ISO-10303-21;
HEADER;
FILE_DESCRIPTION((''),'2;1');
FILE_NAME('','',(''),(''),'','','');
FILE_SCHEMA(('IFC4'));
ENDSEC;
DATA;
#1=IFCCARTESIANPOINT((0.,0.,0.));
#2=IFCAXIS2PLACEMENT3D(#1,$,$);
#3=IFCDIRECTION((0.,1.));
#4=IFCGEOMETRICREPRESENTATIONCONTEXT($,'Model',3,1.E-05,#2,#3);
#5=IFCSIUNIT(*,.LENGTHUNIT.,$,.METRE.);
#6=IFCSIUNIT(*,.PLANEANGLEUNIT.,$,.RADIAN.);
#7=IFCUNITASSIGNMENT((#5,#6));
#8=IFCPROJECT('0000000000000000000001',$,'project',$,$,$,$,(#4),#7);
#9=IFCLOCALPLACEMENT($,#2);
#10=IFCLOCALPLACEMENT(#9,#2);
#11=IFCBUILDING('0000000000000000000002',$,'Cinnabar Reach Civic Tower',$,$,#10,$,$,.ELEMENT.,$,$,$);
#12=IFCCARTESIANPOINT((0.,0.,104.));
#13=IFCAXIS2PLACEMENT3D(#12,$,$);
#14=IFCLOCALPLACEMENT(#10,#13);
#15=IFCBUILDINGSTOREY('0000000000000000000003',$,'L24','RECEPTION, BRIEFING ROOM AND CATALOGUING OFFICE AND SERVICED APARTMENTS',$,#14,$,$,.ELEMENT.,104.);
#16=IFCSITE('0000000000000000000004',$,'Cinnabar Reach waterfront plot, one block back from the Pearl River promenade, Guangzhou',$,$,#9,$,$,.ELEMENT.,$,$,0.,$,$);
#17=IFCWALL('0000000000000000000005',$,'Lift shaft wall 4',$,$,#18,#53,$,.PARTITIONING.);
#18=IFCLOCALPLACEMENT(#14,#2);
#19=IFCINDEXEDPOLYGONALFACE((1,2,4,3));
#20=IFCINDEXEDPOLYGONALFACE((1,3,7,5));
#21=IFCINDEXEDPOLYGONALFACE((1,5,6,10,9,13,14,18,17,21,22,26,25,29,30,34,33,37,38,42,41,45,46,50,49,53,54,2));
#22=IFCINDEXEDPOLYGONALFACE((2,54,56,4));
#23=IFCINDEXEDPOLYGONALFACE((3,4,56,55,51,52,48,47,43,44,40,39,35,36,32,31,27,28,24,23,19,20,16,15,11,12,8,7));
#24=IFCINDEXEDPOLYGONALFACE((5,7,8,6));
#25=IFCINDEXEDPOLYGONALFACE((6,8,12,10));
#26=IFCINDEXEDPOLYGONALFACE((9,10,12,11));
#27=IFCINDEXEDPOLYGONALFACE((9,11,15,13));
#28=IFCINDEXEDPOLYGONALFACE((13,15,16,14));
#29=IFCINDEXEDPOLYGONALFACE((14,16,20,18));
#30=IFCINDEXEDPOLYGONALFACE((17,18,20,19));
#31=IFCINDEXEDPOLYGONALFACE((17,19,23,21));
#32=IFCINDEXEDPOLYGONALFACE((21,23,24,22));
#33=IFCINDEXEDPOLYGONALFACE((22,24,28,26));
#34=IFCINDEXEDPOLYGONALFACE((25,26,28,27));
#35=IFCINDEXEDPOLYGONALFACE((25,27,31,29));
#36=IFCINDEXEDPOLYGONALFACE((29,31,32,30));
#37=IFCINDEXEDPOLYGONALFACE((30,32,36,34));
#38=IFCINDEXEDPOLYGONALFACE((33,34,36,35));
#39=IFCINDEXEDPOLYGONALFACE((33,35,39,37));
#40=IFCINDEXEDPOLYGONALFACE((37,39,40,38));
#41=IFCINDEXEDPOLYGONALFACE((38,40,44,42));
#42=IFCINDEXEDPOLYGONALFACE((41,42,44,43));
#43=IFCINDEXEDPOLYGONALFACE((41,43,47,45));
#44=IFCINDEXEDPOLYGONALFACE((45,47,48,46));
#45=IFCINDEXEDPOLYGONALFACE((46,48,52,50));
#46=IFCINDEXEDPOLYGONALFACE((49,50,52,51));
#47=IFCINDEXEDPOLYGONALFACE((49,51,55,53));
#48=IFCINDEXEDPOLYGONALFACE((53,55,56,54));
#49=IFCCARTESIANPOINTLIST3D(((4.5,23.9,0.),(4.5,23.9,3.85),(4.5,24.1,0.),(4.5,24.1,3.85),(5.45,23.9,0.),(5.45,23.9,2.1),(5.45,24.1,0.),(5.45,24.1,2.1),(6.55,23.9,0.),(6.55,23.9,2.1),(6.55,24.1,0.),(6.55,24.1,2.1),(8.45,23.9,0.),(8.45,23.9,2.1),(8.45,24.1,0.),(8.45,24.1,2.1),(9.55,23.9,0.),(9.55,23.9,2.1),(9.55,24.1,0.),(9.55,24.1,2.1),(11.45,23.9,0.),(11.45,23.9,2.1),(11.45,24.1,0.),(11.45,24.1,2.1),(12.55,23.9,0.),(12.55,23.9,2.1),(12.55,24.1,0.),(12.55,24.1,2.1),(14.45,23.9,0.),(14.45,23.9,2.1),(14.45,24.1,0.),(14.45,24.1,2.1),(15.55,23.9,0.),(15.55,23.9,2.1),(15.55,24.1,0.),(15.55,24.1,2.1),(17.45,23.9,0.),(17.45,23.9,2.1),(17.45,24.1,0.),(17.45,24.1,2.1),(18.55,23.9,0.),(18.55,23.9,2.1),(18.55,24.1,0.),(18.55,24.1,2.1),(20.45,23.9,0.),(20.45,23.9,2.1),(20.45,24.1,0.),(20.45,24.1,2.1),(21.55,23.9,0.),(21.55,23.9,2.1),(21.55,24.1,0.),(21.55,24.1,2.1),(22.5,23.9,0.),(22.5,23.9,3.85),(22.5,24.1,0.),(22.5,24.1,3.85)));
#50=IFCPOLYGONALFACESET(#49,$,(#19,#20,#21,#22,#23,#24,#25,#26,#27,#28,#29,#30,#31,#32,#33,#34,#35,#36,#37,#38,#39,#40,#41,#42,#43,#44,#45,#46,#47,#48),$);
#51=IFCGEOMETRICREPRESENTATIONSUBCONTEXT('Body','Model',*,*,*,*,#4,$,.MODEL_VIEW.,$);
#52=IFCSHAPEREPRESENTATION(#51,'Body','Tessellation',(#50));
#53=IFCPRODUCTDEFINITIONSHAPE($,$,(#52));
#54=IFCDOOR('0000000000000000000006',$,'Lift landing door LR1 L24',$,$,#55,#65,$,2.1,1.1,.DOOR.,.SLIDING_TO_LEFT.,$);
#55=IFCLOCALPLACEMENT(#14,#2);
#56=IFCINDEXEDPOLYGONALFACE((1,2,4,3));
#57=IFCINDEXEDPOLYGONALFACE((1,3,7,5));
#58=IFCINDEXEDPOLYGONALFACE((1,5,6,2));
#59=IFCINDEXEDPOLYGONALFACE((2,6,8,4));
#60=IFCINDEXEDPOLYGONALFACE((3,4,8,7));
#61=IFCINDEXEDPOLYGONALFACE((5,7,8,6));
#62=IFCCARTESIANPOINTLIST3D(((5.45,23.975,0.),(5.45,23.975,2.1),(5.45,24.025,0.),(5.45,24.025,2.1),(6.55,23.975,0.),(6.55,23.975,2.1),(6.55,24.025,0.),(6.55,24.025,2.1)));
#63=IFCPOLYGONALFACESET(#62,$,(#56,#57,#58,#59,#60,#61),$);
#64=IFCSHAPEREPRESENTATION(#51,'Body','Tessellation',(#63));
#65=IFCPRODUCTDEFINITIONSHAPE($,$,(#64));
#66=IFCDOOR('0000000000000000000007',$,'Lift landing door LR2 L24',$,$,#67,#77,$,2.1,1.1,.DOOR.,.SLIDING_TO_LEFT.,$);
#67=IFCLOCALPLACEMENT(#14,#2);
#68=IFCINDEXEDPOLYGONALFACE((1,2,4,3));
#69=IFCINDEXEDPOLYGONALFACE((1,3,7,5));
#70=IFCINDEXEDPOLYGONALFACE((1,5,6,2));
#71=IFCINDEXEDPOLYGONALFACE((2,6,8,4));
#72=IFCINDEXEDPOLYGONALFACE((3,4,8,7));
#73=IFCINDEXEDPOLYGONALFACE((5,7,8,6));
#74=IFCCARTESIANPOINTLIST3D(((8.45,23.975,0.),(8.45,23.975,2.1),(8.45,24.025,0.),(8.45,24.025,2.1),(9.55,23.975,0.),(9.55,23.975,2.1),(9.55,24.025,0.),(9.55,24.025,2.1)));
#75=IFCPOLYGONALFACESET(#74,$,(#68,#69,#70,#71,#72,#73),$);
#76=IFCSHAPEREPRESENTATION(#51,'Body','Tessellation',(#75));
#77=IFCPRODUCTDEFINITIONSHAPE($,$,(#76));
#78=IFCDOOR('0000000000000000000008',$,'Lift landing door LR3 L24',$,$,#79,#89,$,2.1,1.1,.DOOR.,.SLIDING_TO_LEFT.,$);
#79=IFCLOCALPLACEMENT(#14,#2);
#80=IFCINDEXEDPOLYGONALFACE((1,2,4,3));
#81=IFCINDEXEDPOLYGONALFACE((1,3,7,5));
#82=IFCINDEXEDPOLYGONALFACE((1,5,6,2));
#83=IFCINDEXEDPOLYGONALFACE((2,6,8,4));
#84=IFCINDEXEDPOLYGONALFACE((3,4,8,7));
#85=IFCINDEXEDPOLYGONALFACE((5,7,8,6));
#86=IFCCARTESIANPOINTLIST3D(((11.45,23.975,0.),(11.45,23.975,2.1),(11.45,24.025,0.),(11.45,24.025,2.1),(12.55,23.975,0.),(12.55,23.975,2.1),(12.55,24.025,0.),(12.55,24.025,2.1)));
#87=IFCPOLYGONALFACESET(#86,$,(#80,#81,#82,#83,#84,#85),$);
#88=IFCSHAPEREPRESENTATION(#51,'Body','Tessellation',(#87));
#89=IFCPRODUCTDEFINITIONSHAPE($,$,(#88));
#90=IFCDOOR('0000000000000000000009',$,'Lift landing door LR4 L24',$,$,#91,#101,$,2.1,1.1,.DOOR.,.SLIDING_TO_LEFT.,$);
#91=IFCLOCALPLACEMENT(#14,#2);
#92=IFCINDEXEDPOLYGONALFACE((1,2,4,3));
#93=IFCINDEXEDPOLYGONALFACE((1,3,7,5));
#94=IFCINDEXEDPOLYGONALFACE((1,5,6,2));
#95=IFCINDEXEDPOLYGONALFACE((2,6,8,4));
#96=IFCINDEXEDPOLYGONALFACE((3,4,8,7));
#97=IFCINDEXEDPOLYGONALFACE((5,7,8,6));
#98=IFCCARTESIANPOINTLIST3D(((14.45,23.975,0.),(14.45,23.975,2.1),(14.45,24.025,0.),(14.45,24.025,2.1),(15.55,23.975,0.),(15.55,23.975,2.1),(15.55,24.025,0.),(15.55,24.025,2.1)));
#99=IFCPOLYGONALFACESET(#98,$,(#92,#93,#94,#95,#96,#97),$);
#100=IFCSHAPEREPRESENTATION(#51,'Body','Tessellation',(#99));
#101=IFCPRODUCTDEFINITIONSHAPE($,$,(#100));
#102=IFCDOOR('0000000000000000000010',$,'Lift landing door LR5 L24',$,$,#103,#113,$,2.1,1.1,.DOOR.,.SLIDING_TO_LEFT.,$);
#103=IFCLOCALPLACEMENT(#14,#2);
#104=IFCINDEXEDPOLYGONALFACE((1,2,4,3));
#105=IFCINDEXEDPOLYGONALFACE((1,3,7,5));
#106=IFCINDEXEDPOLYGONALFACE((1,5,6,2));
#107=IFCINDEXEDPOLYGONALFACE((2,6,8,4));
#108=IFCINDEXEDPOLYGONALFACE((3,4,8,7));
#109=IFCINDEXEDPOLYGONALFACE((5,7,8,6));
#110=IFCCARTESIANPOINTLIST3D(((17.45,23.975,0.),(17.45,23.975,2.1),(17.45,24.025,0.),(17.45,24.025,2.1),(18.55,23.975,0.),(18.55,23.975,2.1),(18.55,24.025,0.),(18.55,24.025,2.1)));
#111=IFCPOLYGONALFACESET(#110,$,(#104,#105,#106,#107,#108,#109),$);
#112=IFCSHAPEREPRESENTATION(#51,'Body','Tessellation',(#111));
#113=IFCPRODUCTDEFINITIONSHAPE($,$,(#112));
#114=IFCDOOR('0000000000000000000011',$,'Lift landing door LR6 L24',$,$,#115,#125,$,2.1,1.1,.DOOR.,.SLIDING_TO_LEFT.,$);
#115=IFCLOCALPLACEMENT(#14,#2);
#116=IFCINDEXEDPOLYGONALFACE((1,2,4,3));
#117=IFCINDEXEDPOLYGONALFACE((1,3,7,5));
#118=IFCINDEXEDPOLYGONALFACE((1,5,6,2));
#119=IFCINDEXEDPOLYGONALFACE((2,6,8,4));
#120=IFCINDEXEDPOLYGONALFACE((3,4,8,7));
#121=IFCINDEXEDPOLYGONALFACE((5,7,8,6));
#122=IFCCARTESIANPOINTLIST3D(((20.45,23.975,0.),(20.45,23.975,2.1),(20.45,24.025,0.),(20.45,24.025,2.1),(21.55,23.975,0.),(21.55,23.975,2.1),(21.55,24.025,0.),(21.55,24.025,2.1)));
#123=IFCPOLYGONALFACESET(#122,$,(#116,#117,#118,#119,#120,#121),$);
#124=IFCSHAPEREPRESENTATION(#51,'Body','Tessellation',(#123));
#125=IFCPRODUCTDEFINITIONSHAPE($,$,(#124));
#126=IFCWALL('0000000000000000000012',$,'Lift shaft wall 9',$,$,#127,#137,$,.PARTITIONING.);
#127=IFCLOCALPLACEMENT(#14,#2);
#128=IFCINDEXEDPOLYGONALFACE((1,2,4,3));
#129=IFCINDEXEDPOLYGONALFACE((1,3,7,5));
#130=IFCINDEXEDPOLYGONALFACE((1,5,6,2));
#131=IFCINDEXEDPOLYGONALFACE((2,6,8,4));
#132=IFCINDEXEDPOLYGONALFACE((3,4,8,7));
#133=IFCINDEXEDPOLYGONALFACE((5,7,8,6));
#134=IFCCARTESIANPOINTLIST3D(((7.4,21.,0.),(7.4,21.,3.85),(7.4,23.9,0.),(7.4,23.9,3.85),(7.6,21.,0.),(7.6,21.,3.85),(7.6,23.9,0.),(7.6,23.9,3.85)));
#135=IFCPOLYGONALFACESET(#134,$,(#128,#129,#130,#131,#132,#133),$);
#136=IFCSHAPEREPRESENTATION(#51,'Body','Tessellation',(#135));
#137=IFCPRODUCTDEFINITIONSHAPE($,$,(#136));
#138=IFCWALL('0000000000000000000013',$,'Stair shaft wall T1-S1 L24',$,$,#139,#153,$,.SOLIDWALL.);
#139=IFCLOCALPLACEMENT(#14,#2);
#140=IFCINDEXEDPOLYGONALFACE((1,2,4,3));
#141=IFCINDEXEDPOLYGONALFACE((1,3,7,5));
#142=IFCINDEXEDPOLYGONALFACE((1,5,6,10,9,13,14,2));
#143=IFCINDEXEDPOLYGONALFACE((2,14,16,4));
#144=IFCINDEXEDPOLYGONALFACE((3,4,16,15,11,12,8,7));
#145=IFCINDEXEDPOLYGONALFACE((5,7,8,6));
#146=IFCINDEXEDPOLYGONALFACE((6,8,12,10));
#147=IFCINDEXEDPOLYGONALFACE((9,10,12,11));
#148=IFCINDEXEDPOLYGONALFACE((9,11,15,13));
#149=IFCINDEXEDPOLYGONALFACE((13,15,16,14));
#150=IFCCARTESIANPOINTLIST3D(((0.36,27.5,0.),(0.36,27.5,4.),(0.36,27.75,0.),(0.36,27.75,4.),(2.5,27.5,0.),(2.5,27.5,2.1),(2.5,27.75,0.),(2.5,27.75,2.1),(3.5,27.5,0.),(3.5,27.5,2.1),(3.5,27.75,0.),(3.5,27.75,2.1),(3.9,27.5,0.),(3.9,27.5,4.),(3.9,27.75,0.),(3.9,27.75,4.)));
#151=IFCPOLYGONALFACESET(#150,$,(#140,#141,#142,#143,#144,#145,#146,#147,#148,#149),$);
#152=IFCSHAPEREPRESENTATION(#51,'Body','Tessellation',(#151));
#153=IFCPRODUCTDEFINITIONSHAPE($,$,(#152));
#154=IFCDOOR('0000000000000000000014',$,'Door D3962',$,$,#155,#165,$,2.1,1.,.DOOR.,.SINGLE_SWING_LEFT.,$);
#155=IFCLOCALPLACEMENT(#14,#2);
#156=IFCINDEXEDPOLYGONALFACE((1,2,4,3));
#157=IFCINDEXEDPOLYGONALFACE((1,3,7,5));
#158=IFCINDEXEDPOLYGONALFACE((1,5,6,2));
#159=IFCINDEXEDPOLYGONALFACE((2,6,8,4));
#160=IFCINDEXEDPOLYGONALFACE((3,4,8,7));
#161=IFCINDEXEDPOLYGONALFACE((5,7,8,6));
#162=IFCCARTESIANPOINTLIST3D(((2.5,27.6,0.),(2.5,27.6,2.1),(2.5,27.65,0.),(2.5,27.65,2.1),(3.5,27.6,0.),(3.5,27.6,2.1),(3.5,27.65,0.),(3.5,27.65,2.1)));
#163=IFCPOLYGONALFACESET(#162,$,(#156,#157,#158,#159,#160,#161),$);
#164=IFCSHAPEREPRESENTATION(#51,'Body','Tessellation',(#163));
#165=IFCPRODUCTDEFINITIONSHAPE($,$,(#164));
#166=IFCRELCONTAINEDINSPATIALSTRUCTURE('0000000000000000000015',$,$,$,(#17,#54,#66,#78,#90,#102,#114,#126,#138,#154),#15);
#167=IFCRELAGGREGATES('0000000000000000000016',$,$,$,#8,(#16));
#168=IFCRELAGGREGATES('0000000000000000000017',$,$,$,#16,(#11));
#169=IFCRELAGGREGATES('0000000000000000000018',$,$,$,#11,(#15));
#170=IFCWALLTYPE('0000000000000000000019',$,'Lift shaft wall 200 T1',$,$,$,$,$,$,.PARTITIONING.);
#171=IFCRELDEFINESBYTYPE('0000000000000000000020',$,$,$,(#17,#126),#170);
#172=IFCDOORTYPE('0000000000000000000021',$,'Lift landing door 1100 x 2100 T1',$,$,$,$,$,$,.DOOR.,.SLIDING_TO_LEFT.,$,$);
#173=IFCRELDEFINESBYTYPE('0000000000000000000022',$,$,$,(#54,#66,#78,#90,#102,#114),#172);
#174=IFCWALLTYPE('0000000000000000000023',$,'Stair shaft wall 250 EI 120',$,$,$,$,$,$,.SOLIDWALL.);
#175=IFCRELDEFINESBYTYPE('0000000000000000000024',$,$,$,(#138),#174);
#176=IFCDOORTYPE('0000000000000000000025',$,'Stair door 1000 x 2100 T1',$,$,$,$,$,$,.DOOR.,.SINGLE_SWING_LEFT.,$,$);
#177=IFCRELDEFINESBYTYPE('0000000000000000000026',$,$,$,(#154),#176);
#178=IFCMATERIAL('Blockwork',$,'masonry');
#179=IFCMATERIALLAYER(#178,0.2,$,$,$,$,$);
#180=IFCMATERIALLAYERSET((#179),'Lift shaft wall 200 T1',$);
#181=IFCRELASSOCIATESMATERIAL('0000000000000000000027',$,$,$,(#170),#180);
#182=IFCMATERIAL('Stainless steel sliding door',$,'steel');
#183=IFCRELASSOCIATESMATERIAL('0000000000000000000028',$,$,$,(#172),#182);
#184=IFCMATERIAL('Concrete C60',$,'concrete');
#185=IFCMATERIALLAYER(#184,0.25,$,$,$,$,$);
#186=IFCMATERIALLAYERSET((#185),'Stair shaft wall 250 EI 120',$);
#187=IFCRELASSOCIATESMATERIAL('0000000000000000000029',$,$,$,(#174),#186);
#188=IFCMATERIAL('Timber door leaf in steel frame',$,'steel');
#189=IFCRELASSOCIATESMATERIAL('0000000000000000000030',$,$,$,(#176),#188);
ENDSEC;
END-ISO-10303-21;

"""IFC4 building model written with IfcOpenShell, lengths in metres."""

from ifc_helpers import new_model, si_unit, direction, frame, frame_2d, origin, place, context, subcontext, project, spatial, rectangle, extrude, material, layer, layer_set, type_object, element, fill, save


model = new_model("IFC4")

# Units and contexts
model_context = context("Model", 3, precision=1e-05, world=origin(), true_north=direction((0.0, 1.0)))
body_context = subcontext(model_context, "Body", "Model", "MODEL_VIEW")
ifc_project = project(units=[si_unit("LENGTHUNIT", "METRE"), si_unit("PLANEANGLEUNIT", "RADIAN")], contexts=[model_context])

# Site, building, storey
site_placement = place(None, origin())
site = spatial("IfcSite", under=ifc_project, at=site_placement, Name="Cinnabar Reach waterfront plot, one block back from the Pearl River promenade, Guangzhou", CompositionType="ELEMENT", RefElevation=0.0)
building_placement = place(site_placement, origin())
building = spatial("IfcBuilding", under=site, at=building_placement, Name="Cinnabar Reach Civic Tower", CompositionType="ELEMENT")
storey_placement = place(building_placement, frame((0.0, 0.0, 104.0)))
storey = spatial("IfcBuildingStorey", under=building, at=storey_placement, Name="L24", Description="RECEPTION, BRIEFING ROOM AND CATALOGUING OFFICE AND SERVICED APARTMENTS", CompositionType="ELEMENT", Elevation=104.0)

# Shared definitions
ifc_material_1 = material(Name="Timber door leaf in steel frame", Category="steel")

# Wall, openings, doors
ifc_material_2 = material(Name="Blockwork", Category="masonry")
ifc_layer_1 = layer(ifc_material_2, 0.2)
ifc_layer_set_1 = layer_set([ifc_layer_1], Name="Lift shaft wall 200 T1")
wall_type_1 = type_object("IfcWallType", Name="Lift shaft wall 200 T1", PredefinedType="PARTITIONING", material=ifc_layer_set_1)
wall_1_placement = place(storey_placement, frame((4.5, 24.0, 0.0), z_axis=(0.0, 0.0, 1.0), x_axis=(1.0, 0.0, 0.0)))
wall_1 = element("IfcWall", 1, at=wall_1_placement, inside=storey, type_object=wall_type_1, Name="Lift shaft wall 4", PredefinedType="PARTITIONING", context=body_context, shape_type="SweptSolid", body=[
    extrude(rectangle(XDim=18.0, YDim=0.2, at=frame_2d((9.0, 0.0))), origin(), (0.0, 0.0, 1.0), 3.85),
])
opening_1_placement = place(wall_1_placement, frame((0.95, 0.0, 0.0)))
opening_1 = element("IfcOpeningElement", 2, at=opening_1_placement, cuts=wall_1, PredefinedType="OPENING", context=body_context, shape_type="SweptSolid", body=[
    extrude(rectangle(XDim=1.1, YDim=2.1, at=frame_2d((0.55, 1.05))), frame((0.0, 0.11, 0.0), z_axis=(0.0, -1.0, 0.0), x_axis=(1.0, 0.0, 0.0)), (0.0, 0.0, 1.0), 0.22),
])
opening_2_placement = place(wall_1_placement, frame((3.95, 0.0, 0.0)))
opening_2 = element("IfcOpeningElement", 3, at=opening_2_placement, cuts=wall_1, PredefinedType="OPENING", context=body_context, shape_type="SweptSolid", body=[
    extrude(rectangle(XDim=1.1, YDim=2.1, at=frame_2d((0.55, 1.05))), frame((0.0, 0.11, 0.0), z_axis=(0.0, -1.0, 0.0), x_axis=(1.0, 0.0, 0.0)), (0.0, 0.0, 1.0), 0.22),
])
opening_3_placement = place(wall_1_placement, frame((6.95, 0.0, 0.0)))
opening_3 = element("IfcOpeningElement", 4, at=opening_3_placement, cuts=wall_1, PredefinedType="OPENING", context=body_context, shape_type="SweptSolid", body=[
    extrude(rectangle(XDim=1.1, YDim=2.1, at=frame_2d((0.55, 1.05))), frame((0.0, 0.11, 0.0), z_axis=(0.0, -1.0, 0.0), x_axis=(1.0, 0.0, 0.0)), (0.0, 0.0, 1.0), 0.22),
])
opening_4_placement = place(wall_1_placement, frame((9.95, 0.0, 0.0)))
opening_4 = element("IfcOpeningElement", 5, at=opening_4_placement, cuts=wall_1, PredefinedType="OPENING", context=body_context, shape_type="SweptSolid", body=[
    extrude(rectangle(XDim=1.1, YDim=2.1, at=frame_2d((0.55, 1.05))), frame((0.0, 0.11, 0.0), z_axis=(0.0, -1.0, 0.0), x_axis=(1.0, 0.0, 0.0)), (0.0, 0.0, 1.0), 0.22),
])
opening_5_placement = place(wall_1_placement, frame((12.95, 0.0, 0.0)))
opening_5 = element("IfcOpeningElement", 6, at=opening_5_placement, cuts=wall_1, PredefinedType="OPENING", context=body_context, shape_type="SweptSolid", body=[
    extrude(rectangle(XDim=1.1, YDim=2.1, at=frame_2d((0.55, 1.05))), frame((0.0, 0.11, 0.0), z_axis=(0.0, -1.0, 0.0), x_axis=(1.0, 0.0, 0.0)), (0.0, 0.0, 1.0), 0.22),
])
opening_6_placement = place(wall_1_placement, frame((15.95, 0.0, 0.0)))
opening_6 = element("IfcOpeningElement", 7, at=opening_6_placement, cuts=wall_1, PredefinedType="OPENING", context=body_context, shape_type="SweptSolid", body=[
    extrude(rectangle(XDim=1.1, YDim=2.1, at=frame_2d((0.55, 1.05))), frame((0.0, 0.11, 0.0), z_axis=(0.0, -1.0, 0.0), x_axis=(1.0, 0.0, 0.0)), (0.0, 0.0, 1.0), 0.22),
])
ifc_material_3 = material(Name="Stainless steel sliding door", Category="steel")
door_type_1 = type_object("IfcDoorType", Name="Lift landing door 1100 x 2100 T1", OperationType="SLIDING_TO_LEFT", PredefinedType="DOOR", material=ifc_material_3)
door_1_placement = place(opening_1_placement, origin())
door_1 = element("IfcDoor", 8, at=door_1_placement, inside=storey, type_object=door_type_1, Name="Lift landing door LR1 L24", OperationType="SLIDING_TO_LEFT", OverallHeight=2.1, OverallWidth=1.1, PredefinedType="DOOR", context=body_context, shape_type="SweptSolid", body=[
    extrude(rectangle(XDim=1.1, YDim=2.1, at=frame_2d((0.55, 1.05))), frame((0.0, 0.025, 0.0), z_axis=(0.0, -1.0, 0.0), x_axis=(1.0, 0.0, 0.0)), (0.0, 0.0, 1.0), 0.05),
])
fill(opening_1, door_1)
door_2_placement = place(opening_2_placement, origin())
door_2 = element("IfcDoor", 9, at=door_2_placement, inside=storey, type_object=door_type_1, Name="Lift landing door LR2 L24", OperationType="SLIDING_TO_LEFT", OverallHeight=2.1, OverallWidth=1.1, PredefinedType="DOOR", context=body_context, shape_type="SweptSolid", body=[
    extrude(rectangle(XDim=1.1, YDim=2.1, at=frame_2d((0.55, 1.05))), frame((0.0, 0.025, 0.0), z_axis=(0.0, -1.0, 0.0), x_axis=(1.0, 0.0, 0.0)), (0.0, 0.0, 1.0), 0.05),
])
fill(opening_2, door_2)
door_3_placement = place(opening_3_placement, origin())
door_3 = element("IfcDoor", 10, at=door_3_placement, inside=storey, type_object=door_type_1, Name="Lift landing door LR3 L24", OperationType="SLIDING_TO_LEFT", OverallHeight=2.1, OverallWidth=1.1, PredefinedType="DOOR", context=body_context, shape_type="SweptSolid", body=[
    extrude(rectangle(XDim=1.1, YDim=2.1, at=frame_2d((0.55, 1.05))), frame((0.0, 0.025, 0.0), z_axis=(0.0, -1.0, 0.0), x_axis=(1.0, 0.0, 0.0)), (0.0, 0.0, 1.0), 0.05),
])
fill(opening_3, door_3)
door_4_placement = place(opening_4_placement, origin())
door_4 = element("IfcDoor", 11, at=door_4_placement, inside=storey, type_object=door_type_1, Name="Lift landing door LR4 L24", OperationType="SLIDING_TO_LEFT", OverallHeight=2.1, OverallWidth=1.1, PredefinedType="DOOR", context=body_context, shape_type="SweptSolid", body=[
    extrude(rectangle(XDim=1.1, YDim=2.1, at=frame_2d((0.55, 1.05))), frame((0.0, 0.025, 0.0), z_axis=(0.0, -1.0, 0.0), x_axis=(1.0, 0.0, 0.0)), (0.0, 0.0, 1.0), 0.05),
])
fill(opening_4, door_4)
door_5_placement = place(opening_5_placement, origin())
door_5 = element("IfcDoor", 12, at=door_5_placement, inside=storey, type_object=door_type_1, Name="Lift landing door LR5 L24", OperationType="SLIDING_TO_LEFT", OverallHeight=2.1, OverallWidth=1.1, PredefinedType="DOOR", context=body_context, shape_type="SweptSolid", body=[
    extrude(rectangle(XDim=1.1, YDim=2.1, at=frame_2d((0.55, 1.05))), frame((0.0, 0.025, 0.0), z_axis=(0.0, -1.0, 0.0), x_axis=(1.0, 0.0, 0.0)), (0.0, 0.0, 1.0), 0.05),
])
fill(opening_5, door_5)
door_6_placement = place(opening_6_placement, origin())
door_6 = element("IfcDoor", 13, at=door_6_placement, inside=storey, type_object=door_type_1, Name="Lift landing door LR6 L24", OperationType="SLIDING_TO_LEFT", OverallHeight=2.1, OverallWidth=1.1, PredefinedType="DOOR", context=body_context, shape_type="SweptSolid", body=[
    extrude(rectangle(XDim=1.1, YDim=2.1, at=frame_2d((0.55, 1.05))), frame((0.0, 0.025, 0.0), z_axis=(0.0, -1.0, 0.0), x_axis=(1.0, 0.0, 0.0)), (0.0, 0.0, 1.0), 0.05),
])
fill(opening_6, door_6)

# Wall
wall_2_placement = place(storey_placement, frame((7.5, 21.0, 0.0), z_axis=(0.0, 0.0, 1.0), x_axis=(0.0, 1.0, 0.0)))
element("IfcWall", 14, at=wall_2_placement, inside=storey, type_object=wall_type_1, Name="Lift shaft wall 9", PredefinedType="PARTITIONING", context=body_context, shape_type="SweptSolid", body=[
    extrude(rectangle(XDim=2.9, YDim=0.2, at=frame_2d((1.45, 0.0))), origin(), (0.0, 0.0, 1.0), 3.85),
])

# Wall, opening, door
ifc_material_4 = material(Name="Concrete C60", Category="concrete")
ifc_layer_2 = layer(ifc_material_4, 0.25)
ifc_layer_set_2 = layer_set([ifc_layer_2], Name="Stair shaft wall 250 EI 120")
wall_type_2 = type_object("IfcWallType", Name="Stair shaft wall 250 EI 120", PredefinedType="SOLIDWALL", material=ifc_layer_set_2)
wall_3_placement = place(storey_placement, frame((3.9, 27.625, 0.0), z_axis=(0.0, 0.0, 1.0), x_axis=(-1.0, 0.0, 0.0)))
wall_3 = element("IfcWall", 15, at=wall_3_placement, inside=storey, type_object=wall_type_2, Name="Stair shaft wall T1-S1 L24", PredefinedType="SOLIDWALL", context=body_context, shape_type="SweptSolid", body=[
    extrude(rectangle(XDim=3.54, YDim=0.25, at=frame_2d((1.77, 0.0))), origin(), (0.0, 0.0, 1.0), 4.0),
])
opening_7_placement = place(wall_3_placement, frame((0.4, 0.0, 0.0)))
opening_7 = element("IfcOpeningElement", 16, at=opening_7_placement, cuts=wall_3, PredefinedType="OPENING", context=body_context, shape_type="SweptSolid", body=[
    extrude(rectangle(XDim=1.0, YDim=2.1, at=frame_2d((0.5, 1.05))), frame((0.0, 0.135, 0.0), z_axis=(0.0, -1.0, 0.0), x_axis=(1.0, 0.0, 0.0)), (0.0, 0.0, 1.0), 0.27),
])
door_type_2 = type_object("IfcDoorType", Name="Stair door 1000 x 2100 T1", OperationType="SINGLE_SWING_LEFT", PredefinedType="DOOR", material=ifc_material_1)
door_7_placement = place(opening_7_placement, origin())
door_7 = element("IfcDoor", 17, at=door_7_placement, inside=storey, type_object=door_type_2, Name="Door D3962", OperationType="SINGLE_SWING_LEFT", OverallHeight=2.1, OverallWidth=1.0, PredefinedType="DOOR", context=body_context, shape_type="SweptSolid", body=[
    extrude(rectangle(XDim=1.0, YDim=2.1, at=frame_2d((0.5, 1.05))), frame((0.0, 0.025, 0.0), z_axis=(0.0, -1.0, 0.0), x_axis=(1.0, 0.0, 0.0)), (0.0, 0.0, 1.0), 0.05),
])
fill(opening_7, door_7)

save(model, "model.ifc")
